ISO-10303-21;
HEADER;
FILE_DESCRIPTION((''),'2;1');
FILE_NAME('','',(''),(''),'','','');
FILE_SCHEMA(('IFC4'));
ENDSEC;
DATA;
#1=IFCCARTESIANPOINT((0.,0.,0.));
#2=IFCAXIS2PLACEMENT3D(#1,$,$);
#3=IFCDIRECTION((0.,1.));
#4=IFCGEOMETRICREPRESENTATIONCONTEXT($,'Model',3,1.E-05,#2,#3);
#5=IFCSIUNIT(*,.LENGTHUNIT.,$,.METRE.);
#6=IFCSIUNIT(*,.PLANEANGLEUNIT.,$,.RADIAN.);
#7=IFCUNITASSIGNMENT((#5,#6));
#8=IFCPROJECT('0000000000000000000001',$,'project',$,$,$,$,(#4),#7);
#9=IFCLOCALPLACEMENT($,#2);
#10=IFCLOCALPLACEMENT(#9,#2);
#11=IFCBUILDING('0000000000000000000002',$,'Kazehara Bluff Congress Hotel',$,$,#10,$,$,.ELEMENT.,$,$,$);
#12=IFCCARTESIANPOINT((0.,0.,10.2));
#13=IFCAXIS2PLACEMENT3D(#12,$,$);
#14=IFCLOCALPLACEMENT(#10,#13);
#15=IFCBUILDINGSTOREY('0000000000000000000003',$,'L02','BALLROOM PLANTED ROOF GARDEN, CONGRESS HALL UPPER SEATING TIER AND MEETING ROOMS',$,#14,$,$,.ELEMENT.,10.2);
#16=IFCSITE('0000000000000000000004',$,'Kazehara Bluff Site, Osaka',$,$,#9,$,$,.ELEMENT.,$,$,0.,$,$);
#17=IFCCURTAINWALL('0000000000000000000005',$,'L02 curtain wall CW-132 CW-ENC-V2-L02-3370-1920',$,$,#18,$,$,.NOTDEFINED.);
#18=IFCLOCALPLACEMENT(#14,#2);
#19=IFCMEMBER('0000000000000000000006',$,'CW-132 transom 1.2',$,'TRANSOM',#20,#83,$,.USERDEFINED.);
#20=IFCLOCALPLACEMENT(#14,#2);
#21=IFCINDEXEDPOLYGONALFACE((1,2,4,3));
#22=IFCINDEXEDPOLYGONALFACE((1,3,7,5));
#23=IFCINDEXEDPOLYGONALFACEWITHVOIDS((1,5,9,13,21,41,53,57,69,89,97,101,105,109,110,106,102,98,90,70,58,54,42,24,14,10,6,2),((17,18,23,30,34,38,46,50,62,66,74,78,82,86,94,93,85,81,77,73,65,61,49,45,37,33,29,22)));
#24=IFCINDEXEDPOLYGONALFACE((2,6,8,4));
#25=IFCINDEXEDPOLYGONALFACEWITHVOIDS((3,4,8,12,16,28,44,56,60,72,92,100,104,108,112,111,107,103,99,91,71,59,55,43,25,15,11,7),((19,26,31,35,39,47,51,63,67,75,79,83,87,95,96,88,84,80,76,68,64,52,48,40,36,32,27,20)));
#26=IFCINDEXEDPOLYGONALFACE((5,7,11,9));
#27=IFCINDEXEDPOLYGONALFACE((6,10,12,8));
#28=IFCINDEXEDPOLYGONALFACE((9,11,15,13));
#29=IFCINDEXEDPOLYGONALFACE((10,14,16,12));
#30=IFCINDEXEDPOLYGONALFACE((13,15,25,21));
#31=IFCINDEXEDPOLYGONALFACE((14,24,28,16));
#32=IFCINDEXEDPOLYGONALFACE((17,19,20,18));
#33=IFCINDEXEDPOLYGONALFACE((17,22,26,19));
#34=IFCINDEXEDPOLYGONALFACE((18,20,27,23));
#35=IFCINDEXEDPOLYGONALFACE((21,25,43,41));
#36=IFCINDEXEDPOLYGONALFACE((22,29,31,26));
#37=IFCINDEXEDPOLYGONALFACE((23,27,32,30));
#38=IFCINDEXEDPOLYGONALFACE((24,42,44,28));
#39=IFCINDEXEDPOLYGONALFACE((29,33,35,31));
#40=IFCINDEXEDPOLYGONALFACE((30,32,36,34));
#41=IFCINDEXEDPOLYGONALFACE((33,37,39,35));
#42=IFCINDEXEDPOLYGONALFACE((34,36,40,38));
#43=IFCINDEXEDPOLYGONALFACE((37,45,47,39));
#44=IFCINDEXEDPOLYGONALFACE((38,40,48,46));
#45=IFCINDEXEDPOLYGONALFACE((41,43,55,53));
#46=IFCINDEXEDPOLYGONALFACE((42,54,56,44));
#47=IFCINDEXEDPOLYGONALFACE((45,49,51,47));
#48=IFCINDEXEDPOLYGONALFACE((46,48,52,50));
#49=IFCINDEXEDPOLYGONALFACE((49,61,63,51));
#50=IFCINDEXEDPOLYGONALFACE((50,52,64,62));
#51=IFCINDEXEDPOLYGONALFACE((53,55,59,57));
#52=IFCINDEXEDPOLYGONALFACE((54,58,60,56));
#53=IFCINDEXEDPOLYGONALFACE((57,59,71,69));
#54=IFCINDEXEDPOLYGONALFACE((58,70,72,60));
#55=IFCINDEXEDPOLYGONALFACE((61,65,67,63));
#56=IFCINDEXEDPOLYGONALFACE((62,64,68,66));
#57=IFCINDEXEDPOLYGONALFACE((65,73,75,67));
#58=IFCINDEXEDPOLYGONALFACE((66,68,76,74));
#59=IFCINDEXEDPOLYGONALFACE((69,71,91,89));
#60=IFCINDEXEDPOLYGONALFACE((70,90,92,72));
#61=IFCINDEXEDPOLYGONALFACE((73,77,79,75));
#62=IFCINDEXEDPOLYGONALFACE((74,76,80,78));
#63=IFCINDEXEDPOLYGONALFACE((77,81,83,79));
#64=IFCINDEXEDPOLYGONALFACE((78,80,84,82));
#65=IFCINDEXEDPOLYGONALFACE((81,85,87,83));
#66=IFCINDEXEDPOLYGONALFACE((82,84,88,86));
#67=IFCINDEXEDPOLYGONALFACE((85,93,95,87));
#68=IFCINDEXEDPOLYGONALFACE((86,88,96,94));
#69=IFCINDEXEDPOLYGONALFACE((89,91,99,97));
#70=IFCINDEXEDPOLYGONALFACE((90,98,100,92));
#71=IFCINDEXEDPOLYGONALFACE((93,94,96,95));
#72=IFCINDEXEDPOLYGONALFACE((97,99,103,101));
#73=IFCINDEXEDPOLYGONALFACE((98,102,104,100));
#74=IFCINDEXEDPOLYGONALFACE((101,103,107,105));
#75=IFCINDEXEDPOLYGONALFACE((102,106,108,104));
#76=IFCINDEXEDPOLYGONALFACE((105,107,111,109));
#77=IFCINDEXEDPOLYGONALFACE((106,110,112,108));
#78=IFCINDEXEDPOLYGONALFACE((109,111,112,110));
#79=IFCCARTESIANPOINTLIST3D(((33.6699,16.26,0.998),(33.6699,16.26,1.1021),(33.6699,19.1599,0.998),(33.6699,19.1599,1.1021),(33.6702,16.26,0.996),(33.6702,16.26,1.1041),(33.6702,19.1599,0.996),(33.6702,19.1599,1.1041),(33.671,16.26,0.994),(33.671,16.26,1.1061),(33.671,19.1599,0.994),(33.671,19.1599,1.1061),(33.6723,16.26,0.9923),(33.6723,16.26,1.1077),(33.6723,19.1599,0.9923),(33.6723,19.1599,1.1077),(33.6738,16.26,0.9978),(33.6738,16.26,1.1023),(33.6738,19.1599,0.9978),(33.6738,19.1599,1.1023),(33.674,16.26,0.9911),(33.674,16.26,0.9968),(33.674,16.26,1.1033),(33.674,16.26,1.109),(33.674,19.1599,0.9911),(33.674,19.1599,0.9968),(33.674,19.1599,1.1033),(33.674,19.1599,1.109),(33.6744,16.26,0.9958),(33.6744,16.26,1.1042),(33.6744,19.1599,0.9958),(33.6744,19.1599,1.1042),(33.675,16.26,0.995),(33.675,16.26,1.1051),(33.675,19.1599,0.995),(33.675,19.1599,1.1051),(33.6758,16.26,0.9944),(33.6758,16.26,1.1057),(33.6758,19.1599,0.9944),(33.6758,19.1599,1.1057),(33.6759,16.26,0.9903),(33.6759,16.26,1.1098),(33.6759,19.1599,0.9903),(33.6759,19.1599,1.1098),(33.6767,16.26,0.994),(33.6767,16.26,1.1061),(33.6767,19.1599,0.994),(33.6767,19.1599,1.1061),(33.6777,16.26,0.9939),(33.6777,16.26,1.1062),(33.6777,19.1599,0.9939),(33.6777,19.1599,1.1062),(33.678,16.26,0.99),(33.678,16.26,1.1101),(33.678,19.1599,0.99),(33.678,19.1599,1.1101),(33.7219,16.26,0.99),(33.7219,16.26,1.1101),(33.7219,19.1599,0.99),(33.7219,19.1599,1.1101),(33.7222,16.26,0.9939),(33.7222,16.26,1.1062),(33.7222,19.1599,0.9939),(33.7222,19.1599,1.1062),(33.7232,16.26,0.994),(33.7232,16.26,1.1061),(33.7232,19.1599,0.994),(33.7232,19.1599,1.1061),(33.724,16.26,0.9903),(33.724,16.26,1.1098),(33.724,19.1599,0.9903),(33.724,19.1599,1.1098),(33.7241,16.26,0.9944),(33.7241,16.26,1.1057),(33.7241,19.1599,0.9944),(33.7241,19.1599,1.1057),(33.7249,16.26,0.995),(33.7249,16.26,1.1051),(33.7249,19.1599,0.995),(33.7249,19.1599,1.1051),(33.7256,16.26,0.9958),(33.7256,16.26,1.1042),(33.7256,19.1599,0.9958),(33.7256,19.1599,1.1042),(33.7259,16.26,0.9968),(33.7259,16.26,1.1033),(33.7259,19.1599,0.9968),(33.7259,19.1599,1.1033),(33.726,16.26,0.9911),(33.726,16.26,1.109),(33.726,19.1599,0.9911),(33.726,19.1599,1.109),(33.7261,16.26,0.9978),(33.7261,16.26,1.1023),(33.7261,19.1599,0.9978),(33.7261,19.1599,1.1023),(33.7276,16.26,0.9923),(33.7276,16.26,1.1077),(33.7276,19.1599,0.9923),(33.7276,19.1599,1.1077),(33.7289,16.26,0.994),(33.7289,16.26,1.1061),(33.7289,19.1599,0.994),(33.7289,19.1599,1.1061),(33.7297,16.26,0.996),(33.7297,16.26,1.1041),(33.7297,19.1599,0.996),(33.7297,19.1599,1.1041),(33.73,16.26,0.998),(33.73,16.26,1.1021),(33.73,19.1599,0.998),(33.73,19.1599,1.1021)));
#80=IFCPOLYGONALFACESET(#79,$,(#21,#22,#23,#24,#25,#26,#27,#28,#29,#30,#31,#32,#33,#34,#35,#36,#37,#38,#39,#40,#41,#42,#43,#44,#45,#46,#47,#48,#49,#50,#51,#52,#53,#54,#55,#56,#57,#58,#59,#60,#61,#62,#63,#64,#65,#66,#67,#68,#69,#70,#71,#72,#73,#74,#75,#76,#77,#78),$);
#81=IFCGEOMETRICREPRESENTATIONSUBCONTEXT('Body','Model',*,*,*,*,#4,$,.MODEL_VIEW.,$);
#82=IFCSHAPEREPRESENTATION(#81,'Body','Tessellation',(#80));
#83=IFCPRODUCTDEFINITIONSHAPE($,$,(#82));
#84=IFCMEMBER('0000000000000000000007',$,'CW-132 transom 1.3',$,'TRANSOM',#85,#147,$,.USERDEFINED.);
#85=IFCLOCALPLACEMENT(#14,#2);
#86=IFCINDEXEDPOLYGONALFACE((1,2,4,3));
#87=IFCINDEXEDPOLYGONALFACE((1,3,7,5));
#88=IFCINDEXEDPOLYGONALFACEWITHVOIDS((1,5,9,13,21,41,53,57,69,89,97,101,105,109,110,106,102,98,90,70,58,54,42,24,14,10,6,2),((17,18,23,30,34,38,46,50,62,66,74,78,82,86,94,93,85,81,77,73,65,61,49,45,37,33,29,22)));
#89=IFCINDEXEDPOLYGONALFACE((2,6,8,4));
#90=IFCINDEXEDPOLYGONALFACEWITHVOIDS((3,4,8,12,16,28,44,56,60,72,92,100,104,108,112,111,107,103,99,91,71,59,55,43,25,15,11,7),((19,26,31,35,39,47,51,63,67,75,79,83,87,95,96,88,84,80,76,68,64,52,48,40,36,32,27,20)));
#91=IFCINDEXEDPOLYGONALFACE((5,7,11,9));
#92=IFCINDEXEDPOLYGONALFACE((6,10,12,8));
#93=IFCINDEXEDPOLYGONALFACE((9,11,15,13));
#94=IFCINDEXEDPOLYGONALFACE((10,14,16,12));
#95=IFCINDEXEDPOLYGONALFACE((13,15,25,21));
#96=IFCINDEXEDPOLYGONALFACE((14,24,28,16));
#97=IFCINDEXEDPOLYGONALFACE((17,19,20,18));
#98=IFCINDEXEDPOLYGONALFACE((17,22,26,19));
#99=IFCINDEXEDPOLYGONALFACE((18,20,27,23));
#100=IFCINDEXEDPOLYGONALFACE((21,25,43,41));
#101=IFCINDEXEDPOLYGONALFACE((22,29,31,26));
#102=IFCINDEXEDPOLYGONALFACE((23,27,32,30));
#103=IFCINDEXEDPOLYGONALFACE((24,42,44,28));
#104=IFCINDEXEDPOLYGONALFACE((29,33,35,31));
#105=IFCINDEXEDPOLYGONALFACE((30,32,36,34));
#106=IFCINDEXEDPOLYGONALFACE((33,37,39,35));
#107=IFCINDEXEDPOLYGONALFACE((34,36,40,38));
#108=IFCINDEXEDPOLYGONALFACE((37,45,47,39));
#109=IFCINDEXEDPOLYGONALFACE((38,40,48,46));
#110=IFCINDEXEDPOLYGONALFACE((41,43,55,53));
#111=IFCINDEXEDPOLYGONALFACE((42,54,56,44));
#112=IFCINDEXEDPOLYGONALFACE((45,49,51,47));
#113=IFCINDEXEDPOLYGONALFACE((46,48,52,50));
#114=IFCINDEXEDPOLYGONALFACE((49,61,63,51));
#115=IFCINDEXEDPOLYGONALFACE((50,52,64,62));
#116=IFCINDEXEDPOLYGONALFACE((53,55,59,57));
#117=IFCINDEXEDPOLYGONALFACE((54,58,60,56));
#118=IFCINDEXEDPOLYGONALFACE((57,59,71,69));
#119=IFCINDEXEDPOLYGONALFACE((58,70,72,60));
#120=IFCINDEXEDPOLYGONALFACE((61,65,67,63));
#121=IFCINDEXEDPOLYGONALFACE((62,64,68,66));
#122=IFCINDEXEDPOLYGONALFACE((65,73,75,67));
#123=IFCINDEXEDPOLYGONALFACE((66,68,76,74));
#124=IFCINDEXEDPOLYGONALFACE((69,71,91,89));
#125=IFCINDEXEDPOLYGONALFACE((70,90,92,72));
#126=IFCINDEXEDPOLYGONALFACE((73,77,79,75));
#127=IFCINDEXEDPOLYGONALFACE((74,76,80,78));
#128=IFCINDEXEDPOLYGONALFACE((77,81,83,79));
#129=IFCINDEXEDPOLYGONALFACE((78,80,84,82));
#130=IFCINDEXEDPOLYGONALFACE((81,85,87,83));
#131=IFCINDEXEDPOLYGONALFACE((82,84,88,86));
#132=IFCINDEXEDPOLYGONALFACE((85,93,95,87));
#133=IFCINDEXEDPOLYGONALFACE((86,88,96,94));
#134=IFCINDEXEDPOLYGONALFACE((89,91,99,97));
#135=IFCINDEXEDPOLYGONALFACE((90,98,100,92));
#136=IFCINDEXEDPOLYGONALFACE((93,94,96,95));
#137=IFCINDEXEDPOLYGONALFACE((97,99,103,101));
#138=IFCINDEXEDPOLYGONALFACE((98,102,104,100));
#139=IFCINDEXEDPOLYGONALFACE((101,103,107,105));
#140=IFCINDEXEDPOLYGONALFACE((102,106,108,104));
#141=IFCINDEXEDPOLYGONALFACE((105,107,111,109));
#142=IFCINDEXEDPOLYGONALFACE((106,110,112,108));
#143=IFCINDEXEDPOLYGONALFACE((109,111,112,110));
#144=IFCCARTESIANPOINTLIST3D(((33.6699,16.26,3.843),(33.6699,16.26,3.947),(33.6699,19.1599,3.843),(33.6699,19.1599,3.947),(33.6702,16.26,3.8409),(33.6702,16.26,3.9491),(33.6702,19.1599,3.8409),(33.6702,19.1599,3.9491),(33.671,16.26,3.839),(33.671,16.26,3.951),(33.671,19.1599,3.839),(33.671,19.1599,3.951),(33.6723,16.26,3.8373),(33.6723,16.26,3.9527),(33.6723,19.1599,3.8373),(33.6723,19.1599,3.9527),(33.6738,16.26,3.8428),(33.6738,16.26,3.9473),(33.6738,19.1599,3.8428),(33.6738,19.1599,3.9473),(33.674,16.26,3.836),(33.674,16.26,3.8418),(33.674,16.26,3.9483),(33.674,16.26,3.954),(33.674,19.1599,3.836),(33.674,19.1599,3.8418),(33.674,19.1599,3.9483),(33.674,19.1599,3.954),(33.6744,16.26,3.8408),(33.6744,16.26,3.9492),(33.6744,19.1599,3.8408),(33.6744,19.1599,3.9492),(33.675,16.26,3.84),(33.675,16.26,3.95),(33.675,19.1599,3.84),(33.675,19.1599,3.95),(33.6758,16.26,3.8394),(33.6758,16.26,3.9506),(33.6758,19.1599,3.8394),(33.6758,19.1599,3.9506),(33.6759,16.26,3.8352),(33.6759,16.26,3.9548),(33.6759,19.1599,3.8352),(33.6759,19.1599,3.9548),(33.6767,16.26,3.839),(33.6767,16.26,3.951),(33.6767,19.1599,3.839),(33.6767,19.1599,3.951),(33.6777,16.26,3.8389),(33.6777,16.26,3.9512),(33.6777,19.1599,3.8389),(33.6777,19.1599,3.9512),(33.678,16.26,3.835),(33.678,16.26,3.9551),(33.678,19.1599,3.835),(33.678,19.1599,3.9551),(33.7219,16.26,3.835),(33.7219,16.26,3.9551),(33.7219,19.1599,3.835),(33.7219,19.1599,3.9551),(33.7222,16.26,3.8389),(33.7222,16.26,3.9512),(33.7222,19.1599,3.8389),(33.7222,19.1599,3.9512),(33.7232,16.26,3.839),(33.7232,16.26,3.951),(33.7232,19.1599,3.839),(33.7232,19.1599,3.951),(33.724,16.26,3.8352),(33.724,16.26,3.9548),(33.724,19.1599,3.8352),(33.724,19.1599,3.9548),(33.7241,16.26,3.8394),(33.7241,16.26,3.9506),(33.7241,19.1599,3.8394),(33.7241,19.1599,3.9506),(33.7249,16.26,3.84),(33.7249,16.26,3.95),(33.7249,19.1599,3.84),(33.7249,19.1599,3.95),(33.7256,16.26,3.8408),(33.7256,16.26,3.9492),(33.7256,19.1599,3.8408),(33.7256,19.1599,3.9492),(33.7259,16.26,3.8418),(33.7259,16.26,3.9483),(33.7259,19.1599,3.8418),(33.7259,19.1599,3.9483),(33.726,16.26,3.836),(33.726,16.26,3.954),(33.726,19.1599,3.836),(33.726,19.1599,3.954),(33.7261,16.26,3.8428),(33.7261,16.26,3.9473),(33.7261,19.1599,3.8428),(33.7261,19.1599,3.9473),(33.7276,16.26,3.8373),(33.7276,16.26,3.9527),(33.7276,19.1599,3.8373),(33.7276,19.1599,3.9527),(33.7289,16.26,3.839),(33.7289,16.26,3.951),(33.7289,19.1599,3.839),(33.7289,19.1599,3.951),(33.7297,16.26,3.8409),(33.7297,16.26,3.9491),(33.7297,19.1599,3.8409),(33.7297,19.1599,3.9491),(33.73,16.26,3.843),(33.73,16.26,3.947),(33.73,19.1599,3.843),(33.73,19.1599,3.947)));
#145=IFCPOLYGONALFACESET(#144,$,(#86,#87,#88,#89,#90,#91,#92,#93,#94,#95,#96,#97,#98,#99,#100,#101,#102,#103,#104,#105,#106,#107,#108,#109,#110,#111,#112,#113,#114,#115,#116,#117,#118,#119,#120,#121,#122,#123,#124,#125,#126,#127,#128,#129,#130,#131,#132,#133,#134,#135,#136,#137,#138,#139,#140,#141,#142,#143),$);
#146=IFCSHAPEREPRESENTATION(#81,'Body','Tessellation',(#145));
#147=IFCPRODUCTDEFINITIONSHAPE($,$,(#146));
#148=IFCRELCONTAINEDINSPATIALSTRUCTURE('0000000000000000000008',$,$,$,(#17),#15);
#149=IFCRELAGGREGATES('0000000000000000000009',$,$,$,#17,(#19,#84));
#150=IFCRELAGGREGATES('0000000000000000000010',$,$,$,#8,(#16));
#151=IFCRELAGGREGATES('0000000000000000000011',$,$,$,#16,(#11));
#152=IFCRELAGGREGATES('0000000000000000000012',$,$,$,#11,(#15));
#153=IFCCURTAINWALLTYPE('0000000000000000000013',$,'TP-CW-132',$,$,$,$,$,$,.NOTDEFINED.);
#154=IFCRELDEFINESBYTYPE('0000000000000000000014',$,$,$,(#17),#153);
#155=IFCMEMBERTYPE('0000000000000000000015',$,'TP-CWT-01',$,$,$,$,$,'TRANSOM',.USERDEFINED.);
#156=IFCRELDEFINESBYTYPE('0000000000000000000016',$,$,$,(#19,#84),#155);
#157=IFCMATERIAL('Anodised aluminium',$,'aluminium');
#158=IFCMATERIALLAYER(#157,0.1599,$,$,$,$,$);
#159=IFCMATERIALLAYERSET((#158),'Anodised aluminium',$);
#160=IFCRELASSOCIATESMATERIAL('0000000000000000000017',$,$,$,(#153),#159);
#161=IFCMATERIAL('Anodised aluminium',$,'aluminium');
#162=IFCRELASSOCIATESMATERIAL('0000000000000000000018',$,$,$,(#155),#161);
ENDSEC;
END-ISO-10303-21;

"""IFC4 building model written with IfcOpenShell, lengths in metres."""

from ifc_helpers import new_model, si_unit, direction, frame, origin, origin_2d, place, context, subcontext, project, spatial, hollow_rectangle, extrude, material, layer, layer_set, material_profile, profile_set, type_object, element, aggregate, save


model = new_model("IFC4")

# Units and contexts
model_context = context("Model", 3, precision=1e-05, world=origin(), true_north=direction((0.0, 1.0)))
body_context = subcontext(model_context, "Body", "Model", "MODEL_VIEW")
ifc_project = project(units=[si_unit("LENGTHUNIT", "METRE"), si_unit("PLANEANGLEUNIT", "RADIAN")], contexts=[model_context])

# Site, building, storey
site_placement = place(None, origin())
site = spatial("IfcSite", under=ifc_project, at=site_placement, Name="Kazehara Bluff Site, Osaka", CompositionType="ELEMENT", RefElevation=0.0)
building_placement = place(site_placement, origin())
building = spatial("IfcBuilding", under=site, at=building_placement, Name="Kazehara Bluff Congress Hotel", CompositionType="ELEMENT")
storey_placement = place(building_placement, frame((0.0, 0.0, 10.2)))
storey = spatial("IfcBuildingStorey", under=building, at=storey_placement, Name="L02", Description="BALLROOM PLANTED ROOF GARDEN, CONGRESS HALL UPPER SEATING TIER AND MEETING ROOMS", CompositionType="ELEMENT", Elevation=10.2)

# Curtain wall
ifc_material_1 = material(Name="Anodised aluminium", Category="aluminium")
ifc_layer_1 = layer(ifc_material_1, 0.1599)
ifc_layer_set_1 = layer_set([ifc_layer_1], Name="Anodised aluminium")
curtain_wall_type_1 = type_object("IfcCurtainWallType", Name="TP-CW-132", PredefinedType="NOTDEFINED", material=ifc_layer_set_1)
curtain_wall_1_placement = place(storey_placement, origin())
curtain_wall_1 = element("IfcCurtainWall", 1, at=curtain_wall_1_placement, inside=storey, type_object=curtain_wall_type_1, Name="L02 curtain wall CW-132 CW-ENC-V2-L02-3370-1920", PredefinedType="NOTDEFINED")

# Members
ifc_material_2 = material(Name="Anodised aluminium", Category="aluminium")
ifc_material_profile_1 = material_profile(ifc_material_2, hollow_rectangle(XDim=0.0601, YDim=0.1201, WallThickness=0.0039, InnerFilletRadius=0.0039, OuterFilletRadius=0.0081, at=origin_2d()))
ifc_profile_set_1 = profile_set([ifc_material_profile_1], Name="Anodised aluminium")
member_type_1 = type_object("IfcMemberType", Name="TP-CWT-01", ElementType="TRANSOM", PredefinedType="USERDEFINED", material=ifc_profile_set_1)
member_1_placement = place(storey_placement, frame((33.7, 16.26, 1.05), z_axis=(0.0, 1.0, 0.0), x_axis=(-1.0, 0.0, 0.0)))
member_1 = element("IfcMember", 2, at=member_1_placement, type_object=member_type_1, Name="CW-132 transom 1.2", ObjectType="TRANSOM", PredefinedType="USERDEFINED", context=body_context, shape_type="SweptSolid", body=[
    extrude(hollow_rectangle(XDim=0.0601, YDim=0.1201, WallThickness=0.0039, InnerFilletRadius=0.0039, OuterFilletRadius=0.0081, at=origin_2d()), origin(), (0.0, 0.0, 1.0), 2.8999),
])
member_2_placement = place(storey_placement, frame((33.7, 16.26, 3.895), z_axis=(0.0, 1.0, 0.0), x_axis=(-1.0, 0.0, 0.0)))
member_2 = element("IfcMember", 3, at=member_2_placement, type_object=member_type_1, Name="CW-132 transom 1.3", ObjectType="TRANSOM", PredefinedType="USERDEFINED", context=body_context, shape_type="SweptSolid", body=[
    extrude(hollow_rectangle(XDim=0.0601, YDim=0.1201, WallThickness=0.0039, InnerFilletRadius=0.0039, OuterFilletRadius=0.0081, at=origin_2d()), origin(), (0.0, 0.0, 1.0), 2.8999),
])

aggregate(curtain_wall_1, [member_1, member_2])

save(model, "model.ifc")
